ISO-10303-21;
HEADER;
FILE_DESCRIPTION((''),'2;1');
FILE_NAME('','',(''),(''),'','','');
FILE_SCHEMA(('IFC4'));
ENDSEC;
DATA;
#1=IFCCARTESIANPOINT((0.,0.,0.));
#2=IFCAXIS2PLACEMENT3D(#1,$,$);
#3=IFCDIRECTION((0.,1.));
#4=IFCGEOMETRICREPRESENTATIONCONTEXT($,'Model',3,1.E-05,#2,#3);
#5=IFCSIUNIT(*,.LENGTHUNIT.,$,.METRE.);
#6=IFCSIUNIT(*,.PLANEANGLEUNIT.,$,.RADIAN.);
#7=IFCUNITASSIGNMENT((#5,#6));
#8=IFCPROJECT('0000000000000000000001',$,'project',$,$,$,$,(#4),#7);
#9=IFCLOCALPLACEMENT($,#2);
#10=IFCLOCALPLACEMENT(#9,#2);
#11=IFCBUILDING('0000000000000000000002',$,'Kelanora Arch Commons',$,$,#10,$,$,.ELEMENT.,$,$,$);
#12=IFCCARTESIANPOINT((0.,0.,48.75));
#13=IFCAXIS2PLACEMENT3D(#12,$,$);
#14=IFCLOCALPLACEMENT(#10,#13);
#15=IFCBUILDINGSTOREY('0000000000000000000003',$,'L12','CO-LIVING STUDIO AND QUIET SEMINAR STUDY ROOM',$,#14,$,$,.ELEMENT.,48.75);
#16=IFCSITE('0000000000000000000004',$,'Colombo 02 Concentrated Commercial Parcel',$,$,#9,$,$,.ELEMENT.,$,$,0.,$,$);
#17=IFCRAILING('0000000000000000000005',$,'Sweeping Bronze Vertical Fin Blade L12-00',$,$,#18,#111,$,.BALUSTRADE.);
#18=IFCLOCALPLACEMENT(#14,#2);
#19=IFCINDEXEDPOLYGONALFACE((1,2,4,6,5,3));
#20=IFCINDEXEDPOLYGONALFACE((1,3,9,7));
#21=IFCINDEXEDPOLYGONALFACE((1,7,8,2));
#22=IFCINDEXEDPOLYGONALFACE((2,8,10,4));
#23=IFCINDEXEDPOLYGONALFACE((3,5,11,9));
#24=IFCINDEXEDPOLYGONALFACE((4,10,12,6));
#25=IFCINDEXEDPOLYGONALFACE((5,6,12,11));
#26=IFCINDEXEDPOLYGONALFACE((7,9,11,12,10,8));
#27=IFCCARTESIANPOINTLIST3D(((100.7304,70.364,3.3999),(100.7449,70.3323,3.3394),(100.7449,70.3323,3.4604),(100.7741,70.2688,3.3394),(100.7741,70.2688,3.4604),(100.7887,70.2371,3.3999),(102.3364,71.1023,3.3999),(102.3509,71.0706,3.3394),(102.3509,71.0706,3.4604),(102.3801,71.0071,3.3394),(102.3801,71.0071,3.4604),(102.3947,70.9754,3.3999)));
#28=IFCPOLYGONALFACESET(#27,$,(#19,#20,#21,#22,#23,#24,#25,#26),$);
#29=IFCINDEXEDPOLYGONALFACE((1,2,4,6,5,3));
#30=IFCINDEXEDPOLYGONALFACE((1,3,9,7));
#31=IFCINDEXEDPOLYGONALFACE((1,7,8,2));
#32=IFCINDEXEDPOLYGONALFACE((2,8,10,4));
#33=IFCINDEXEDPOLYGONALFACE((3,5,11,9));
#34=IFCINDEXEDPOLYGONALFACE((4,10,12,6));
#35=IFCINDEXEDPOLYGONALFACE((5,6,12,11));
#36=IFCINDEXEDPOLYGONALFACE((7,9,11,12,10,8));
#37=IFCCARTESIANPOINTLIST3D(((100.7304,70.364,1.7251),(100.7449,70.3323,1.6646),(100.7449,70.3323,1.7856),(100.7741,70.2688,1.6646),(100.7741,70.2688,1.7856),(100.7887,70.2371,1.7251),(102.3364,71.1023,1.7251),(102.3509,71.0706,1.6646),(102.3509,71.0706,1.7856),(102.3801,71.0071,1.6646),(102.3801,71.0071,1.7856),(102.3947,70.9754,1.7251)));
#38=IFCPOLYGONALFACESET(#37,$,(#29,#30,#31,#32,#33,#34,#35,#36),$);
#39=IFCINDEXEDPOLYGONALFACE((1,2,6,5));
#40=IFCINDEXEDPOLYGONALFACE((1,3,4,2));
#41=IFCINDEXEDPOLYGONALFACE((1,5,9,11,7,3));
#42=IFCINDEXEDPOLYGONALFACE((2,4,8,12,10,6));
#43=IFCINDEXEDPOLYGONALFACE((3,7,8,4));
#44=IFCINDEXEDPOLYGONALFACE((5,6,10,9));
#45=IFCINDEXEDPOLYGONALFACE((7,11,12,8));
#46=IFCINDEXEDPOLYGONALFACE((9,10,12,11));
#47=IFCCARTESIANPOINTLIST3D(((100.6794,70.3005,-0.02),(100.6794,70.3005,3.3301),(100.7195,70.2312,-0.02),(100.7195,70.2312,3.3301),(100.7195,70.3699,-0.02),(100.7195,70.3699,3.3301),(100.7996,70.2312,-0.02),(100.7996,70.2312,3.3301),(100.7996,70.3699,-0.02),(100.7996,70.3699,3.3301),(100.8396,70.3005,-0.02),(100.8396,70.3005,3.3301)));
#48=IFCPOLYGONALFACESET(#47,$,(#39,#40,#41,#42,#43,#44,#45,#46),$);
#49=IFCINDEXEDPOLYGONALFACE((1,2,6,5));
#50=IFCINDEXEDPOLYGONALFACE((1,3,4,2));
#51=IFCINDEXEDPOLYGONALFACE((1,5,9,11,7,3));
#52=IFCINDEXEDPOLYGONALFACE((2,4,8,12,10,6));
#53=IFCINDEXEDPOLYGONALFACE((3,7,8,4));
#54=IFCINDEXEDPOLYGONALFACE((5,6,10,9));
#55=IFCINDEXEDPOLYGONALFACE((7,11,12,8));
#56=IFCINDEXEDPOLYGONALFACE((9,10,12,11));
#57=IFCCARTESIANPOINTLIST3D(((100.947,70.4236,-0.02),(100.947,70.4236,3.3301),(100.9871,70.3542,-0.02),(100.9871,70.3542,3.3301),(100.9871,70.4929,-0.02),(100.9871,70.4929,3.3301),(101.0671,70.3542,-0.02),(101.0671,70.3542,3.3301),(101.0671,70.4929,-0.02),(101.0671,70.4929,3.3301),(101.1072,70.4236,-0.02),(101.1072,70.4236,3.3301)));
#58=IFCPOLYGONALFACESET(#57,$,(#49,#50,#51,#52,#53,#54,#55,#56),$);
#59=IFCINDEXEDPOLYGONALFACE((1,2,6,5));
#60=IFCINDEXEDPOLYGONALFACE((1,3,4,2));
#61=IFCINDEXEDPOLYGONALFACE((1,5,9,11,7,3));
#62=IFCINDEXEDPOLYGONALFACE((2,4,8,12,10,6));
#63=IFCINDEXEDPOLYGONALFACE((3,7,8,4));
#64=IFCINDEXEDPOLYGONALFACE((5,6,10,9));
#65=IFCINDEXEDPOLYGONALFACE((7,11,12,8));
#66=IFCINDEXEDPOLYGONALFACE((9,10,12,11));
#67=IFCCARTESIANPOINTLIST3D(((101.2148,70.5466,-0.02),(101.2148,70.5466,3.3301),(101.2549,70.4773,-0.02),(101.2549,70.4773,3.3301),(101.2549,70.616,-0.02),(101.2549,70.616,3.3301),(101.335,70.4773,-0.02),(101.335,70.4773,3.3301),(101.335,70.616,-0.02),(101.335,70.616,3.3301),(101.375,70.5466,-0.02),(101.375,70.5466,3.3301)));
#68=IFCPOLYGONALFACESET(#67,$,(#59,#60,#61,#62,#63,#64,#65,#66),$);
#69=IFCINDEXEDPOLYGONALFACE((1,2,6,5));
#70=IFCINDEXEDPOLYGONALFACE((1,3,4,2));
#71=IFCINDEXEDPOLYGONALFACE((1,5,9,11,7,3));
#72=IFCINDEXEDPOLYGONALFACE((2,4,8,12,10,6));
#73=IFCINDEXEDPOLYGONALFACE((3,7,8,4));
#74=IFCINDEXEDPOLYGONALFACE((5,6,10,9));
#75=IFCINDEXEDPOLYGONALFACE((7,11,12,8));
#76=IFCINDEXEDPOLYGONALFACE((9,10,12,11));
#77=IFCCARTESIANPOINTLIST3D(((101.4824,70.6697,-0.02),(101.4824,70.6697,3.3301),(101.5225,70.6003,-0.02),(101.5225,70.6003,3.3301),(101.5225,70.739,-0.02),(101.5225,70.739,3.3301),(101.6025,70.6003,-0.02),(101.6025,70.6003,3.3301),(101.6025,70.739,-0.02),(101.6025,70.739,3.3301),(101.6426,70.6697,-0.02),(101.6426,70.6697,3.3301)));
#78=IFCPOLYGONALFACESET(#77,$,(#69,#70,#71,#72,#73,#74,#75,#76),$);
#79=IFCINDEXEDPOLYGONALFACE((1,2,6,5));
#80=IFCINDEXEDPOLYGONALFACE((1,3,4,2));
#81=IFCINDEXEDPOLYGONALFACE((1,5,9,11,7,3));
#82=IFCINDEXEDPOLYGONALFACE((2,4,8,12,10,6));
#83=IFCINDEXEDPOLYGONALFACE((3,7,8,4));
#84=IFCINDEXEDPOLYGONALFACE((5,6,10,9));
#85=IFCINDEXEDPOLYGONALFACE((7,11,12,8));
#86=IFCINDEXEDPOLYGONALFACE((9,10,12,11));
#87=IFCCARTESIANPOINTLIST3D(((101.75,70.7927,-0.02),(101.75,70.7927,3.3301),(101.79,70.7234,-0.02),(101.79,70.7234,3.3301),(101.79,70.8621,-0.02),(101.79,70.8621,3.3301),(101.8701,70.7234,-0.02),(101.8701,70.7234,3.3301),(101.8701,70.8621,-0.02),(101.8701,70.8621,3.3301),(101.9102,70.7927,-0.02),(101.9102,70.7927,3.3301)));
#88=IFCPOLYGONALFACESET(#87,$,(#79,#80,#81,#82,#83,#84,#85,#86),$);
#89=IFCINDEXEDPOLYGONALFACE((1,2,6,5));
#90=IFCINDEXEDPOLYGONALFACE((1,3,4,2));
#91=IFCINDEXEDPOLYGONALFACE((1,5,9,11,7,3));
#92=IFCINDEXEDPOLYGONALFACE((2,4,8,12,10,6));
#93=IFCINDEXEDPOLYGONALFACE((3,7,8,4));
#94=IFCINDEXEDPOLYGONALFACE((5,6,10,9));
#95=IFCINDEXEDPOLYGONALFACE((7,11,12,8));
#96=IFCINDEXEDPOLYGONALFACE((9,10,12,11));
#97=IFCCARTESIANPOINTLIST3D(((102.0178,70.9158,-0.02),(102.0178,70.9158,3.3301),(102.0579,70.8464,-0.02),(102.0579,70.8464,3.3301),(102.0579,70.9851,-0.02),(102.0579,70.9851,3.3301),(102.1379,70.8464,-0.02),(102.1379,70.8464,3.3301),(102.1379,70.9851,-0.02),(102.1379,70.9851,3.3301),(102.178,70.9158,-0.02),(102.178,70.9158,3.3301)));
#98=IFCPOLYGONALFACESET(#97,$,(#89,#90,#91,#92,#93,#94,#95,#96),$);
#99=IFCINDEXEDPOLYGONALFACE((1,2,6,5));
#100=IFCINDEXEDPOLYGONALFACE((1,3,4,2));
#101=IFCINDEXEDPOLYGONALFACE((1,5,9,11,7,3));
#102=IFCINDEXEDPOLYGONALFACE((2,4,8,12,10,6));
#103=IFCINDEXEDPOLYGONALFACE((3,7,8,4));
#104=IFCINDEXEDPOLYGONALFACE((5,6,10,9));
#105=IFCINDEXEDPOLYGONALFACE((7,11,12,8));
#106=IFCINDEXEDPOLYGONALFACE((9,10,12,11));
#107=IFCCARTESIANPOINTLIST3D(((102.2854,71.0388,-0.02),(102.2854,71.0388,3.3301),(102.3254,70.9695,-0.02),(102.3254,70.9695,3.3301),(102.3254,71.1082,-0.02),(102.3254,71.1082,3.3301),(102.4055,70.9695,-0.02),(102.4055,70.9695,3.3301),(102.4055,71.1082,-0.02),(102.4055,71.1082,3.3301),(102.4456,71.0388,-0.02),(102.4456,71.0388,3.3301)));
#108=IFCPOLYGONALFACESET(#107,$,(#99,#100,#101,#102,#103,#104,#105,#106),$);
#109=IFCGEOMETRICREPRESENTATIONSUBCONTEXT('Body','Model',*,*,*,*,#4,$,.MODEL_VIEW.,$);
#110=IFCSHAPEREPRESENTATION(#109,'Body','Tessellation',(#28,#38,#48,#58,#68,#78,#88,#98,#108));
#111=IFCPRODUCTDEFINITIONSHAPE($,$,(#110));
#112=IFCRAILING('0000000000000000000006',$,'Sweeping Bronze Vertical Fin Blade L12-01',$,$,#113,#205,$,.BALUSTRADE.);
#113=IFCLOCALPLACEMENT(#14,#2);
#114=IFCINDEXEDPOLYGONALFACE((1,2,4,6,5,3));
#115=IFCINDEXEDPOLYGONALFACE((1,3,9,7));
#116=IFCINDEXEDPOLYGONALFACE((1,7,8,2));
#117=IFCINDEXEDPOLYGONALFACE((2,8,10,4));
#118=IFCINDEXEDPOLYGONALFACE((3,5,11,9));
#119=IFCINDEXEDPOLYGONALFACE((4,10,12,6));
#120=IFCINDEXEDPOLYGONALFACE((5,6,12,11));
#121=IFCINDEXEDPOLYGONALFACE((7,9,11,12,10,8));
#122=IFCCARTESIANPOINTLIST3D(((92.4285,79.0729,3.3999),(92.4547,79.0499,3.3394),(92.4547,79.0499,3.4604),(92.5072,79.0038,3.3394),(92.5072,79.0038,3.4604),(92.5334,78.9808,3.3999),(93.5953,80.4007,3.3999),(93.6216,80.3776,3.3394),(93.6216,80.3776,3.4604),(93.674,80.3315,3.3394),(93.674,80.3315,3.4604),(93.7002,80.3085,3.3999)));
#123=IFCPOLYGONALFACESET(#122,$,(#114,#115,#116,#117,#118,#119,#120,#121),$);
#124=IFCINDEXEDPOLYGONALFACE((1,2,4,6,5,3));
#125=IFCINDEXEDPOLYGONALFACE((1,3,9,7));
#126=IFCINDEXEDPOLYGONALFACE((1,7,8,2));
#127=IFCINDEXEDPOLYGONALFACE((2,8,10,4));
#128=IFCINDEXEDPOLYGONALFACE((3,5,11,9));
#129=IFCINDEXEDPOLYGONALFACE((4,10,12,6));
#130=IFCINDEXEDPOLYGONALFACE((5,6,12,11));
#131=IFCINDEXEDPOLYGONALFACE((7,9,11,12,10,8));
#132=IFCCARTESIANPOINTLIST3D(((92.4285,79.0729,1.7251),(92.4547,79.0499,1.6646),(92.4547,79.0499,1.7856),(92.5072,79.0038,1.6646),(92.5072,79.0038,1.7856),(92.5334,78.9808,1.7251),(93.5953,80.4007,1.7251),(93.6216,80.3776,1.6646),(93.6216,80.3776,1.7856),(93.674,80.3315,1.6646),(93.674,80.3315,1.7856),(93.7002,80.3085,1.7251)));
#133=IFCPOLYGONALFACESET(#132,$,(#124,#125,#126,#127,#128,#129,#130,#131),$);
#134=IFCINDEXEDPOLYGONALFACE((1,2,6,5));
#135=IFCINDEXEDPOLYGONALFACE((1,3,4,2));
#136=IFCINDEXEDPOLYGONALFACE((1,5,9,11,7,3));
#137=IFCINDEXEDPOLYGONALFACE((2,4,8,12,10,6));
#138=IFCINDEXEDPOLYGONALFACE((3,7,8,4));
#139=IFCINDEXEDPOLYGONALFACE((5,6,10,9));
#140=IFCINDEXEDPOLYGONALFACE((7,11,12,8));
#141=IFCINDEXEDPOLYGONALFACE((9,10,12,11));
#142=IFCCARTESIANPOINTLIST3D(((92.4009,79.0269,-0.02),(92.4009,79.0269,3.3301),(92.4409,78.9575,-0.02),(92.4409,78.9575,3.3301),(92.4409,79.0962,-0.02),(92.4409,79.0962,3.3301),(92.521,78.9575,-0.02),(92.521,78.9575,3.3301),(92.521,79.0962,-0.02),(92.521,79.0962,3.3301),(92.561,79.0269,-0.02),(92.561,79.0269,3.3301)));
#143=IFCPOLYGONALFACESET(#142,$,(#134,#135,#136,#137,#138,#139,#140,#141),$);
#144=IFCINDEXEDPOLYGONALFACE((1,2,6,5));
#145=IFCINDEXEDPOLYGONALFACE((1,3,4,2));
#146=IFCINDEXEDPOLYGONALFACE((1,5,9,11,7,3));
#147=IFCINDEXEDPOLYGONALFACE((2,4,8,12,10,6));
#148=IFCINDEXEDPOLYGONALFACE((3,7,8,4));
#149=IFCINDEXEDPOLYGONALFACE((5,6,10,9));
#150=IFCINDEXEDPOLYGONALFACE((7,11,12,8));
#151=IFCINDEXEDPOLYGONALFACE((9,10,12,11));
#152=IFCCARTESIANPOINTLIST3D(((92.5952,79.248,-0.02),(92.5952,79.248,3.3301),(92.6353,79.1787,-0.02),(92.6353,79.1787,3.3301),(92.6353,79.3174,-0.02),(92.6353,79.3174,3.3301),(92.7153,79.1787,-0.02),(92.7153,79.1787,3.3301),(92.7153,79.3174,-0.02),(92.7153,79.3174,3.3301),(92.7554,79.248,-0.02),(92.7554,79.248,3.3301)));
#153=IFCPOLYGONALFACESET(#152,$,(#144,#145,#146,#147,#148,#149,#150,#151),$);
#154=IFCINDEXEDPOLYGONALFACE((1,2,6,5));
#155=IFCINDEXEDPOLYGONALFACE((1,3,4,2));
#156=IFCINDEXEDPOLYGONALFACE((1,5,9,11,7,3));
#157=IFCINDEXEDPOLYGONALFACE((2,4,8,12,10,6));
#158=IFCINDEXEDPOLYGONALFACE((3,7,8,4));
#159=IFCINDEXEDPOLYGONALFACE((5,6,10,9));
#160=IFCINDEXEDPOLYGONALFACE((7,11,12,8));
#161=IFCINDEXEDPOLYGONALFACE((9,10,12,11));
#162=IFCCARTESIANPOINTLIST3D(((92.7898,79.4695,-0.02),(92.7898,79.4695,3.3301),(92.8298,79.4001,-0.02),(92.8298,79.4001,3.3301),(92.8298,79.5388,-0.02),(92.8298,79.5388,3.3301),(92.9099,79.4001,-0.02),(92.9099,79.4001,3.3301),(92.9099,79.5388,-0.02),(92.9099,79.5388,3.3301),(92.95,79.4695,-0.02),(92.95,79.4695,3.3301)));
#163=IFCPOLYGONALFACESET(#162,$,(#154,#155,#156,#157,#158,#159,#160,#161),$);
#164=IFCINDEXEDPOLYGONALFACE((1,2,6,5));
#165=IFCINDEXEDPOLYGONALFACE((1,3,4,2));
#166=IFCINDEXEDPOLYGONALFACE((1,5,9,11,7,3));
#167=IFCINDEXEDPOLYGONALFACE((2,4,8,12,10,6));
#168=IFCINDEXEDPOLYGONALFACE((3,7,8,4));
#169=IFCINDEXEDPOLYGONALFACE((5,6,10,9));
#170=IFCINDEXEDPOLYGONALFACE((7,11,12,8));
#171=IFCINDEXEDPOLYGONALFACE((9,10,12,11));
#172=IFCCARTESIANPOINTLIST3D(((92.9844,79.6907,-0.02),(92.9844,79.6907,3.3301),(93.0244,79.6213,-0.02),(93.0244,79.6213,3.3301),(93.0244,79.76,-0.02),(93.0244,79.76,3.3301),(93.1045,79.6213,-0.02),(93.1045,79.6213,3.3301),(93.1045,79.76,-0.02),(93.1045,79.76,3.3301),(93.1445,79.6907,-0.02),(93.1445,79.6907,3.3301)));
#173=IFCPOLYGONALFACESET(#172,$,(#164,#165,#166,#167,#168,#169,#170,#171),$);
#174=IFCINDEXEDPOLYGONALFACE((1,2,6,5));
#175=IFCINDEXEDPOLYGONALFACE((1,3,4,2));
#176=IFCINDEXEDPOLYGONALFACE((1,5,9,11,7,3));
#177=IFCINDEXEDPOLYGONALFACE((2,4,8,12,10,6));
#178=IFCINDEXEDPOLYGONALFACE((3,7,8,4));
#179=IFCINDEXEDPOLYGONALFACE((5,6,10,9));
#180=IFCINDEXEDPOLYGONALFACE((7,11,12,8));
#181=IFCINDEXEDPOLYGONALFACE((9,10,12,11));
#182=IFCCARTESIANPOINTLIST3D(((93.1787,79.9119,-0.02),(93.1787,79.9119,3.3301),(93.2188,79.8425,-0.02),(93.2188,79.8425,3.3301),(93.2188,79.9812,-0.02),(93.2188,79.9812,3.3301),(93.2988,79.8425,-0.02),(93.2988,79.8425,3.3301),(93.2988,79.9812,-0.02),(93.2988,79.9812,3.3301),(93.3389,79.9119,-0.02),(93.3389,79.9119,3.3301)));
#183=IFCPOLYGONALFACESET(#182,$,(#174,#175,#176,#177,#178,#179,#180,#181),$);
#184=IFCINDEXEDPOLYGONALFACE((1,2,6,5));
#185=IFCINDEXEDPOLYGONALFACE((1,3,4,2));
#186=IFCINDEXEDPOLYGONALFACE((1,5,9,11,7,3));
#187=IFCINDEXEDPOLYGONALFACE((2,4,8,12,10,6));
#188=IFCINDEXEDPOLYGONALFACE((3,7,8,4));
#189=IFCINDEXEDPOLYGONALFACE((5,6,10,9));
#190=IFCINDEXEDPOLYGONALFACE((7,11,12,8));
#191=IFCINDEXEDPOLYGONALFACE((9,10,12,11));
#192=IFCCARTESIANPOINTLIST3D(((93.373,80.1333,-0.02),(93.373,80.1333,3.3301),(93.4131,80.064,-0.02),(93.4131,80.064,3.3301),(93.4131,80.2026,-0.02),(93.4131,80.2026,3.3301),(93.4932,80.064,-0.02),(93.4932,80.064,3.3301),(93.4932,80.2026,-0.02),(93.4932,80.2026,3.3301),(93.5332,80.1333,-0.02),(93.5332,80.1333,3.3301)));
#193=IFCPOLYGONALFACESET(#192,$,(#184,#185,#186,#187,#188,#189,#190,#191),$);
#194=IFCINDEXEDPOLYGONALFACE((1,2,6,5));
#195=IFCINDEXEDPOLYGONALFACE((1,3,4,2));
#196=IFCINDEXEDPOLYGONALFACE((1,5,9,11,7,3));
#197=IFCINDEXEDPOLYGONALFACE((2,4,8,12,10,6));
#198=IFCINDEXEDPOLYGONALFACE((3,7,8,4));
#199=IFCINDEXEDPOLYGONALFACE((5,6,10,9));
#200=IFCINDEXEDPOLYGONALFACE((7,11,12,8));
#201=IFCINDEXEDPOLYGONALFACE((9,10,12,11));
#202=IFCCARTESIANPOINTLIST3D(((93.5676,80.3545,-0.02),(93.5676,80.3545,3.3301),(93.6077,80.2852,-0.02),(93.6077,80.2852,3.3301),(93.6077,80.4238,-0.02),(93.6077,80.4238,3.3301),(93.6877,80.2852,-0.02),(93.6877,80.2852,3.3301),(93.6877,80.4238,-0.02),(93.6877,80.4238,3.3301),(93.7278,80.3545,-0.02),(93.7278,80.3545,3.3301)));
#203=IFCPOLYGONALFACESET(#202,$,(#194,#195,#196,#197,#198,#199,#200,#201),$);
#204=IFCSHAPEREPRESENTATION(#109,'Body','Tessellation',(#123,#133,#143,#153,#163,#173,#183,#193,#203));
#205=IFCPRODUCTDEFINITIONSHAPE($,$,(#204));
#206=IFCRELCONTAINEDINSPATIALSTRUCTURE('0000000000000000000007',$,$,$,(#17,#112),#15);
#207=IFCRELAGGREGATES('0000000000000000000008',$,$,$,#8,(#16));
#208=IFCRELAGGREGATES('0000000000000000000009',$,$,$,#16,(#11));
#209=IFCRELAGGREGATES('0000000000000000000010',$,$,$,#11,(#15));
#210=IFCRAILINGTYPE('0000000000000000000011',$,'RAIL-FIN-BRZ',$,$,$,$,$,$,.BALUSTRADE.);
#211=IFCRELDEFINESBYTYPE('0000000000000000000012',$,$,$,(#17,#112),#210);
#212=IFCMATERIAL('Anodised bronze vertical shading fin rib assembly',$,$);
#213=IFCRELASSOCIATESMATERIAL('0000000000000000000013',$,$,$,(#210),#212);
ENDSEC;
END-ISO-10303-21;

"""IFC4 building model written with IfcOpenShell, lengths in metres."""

from ifc_helpers import new_model, si_unit, direction, frame, origin, place, context, subcontext, project, spatial, polyline, outline, extrude, material, type_object, element, save


model = new_model("IFC4")

# Units and contexts
model_context = context("Model", 3, precision=1e-05, world=origin(), true_north=direction((0.0, 1.0)))
body_context = subcontext(model_context, "Body", "Model", "MODEL_VIEW")
ifc_project = project(units=[si_unit("LENGTHUNIT", "METRE"), si_unit("PLANEANGLEUNIT", "RADIAN")], contexts=[model_context])

# Site, building, storey
site_placement = place(None, origin())
site = spatial("IfcSite", under=ifc_project, at=site_placement, Name="Colombo 02 Concentrated Commercial Parcel", CompositionType="ELEMENT", RefElevation=0.0)
building_placement = place(site_placement, origin())
building = spatial("IfcBuilding", under=site, at=building_placement, Name="Kelanora Arch Commons", CompositionType="ELEMENT")
storey_placement = place(building_placement, frame((0.0, 0.0, 48.75)))
storey = spatial("IfcBuildingStorey", under=building, at=storey_placement, Name="L12", Description="CO-LIVING STUDIO AND QUIET SEMINAR STUDY ROOM", CompositionType="ELEMENT", Elevation=48.75)

# Railings
ifc_material_1 = material(Name="Anodised bronze vertical shading fin rib assembly")
railing_type = type_object("IfcRailingType", Name="RAIL-FIN-BRZ", PredefinedType="BALUSTRADE", material=ifc_material_1)
railing_1_placement = place(storey_placement, frame((100.7595, 70.3005, -0.02)))
element("IfcRailing", 1, at=railing_1_placement, inside=storey, type_object=railing_type, Name="Sweeping Bronze Vertical Fin Blade L12-00", PredefinedType="BALUSTRADE", context=body_context, shape_type="SweptSolid", body=[
    extrude(outline(polyline([(0.0698, 0.0), (0.0349, 0.0605), (-0.0349, 0.0605), (-0.0698, 0.0), (-0.0349, -0.0605), (0.0349, -0.0605), (0.0698, 0.0)])), frame((0.0, 0.0, 3.4199), z_axis=(0.908589, 0.417691, 0.0), x_axis=(-0.417691, 0.908589, 0.0)), (0.0, 0.0, 1.0), 1.7676),
    extrude(outline(polyline([(0.0698, 0.0), (0.0349, 0.0605), (-0.0349, 0.0605), (-0.0698, 0.0), (-0.0349, -0.0605), (0.0349, -0.0605), (0.0698, 0.0)])), frame((0.0, 0.0, 1.7451), z_axis=(0.908589, 0.417691, 0.0), x_axis=(-0.417691, 0.908589, 0.0)), (0.0, 0.0, 1.0), 1.7676),
    extrude(outline(polyline([(0.0801, 0.0), (0.04, 0.0693), (-0.04, 0.0693), (-0.0801, 0.0), (-0.04, -0.0693), (0.04, -0.0693), (0.0801, 0.0)])), origin(), (0.0, 0.0, 1.0), 3.3501),
    extrude(outline(polyline([(0.0801, 0.0), (0.04, 0.0693), (-0.04, 0.0693), (-0.0801, 0.0), (-0.04, -0.0693), (0.04, -0.0693), (0.0801, 0.0)])), frame((0.2676, 0.123, 0.0)), (0.0, 0.0, 1.0), 3.3501),
    extrude(outline(polyline([(0.0801, 0.0), (0.04, 0.0693), (-0.04, 0.0693), (-0.0801, 0.0), (-0.04, -0.0693), (0.04, -0.0693), (0.0801, 0.0)])), frame((0.5354, 0.2461, 0.0)), (0.0, 0.0, 1.0), 3.3501),
    extrude(outline(polyline([(0.0801, 0.0), (0.04, 0.0693), (-0.04, 0.0693), (-0.0801, 0.0), (-0.04, -0.0693), (0.04, -0.0693), (0.0801, 0.0)])), frame((0.803, 0.3691, 0.0)), (0.0, 0.0, 1.0), 3.3501),
    extrude(outline(polyline([(0.0801, 0.0), (0.04, 0.0693), (-0.04, 0.0693), (-0.0801, 0.0), (-0.04, -0.0693), (0.04, -0.0693), (0.0801, 0.0)])), frame((1.0706, 0.4922, 0.0)), (0.0, 0.0, 1.0), 3.3501),
    extrude(outline(polyline([(0.0801, 0.0), (0.04, 0.0693), (-0.04, 0.0693), (-0.0801, 0.0), (-0.04, -0.0693), (0.04, -0.0693), (0.0801, 0.0)])), frame((1.3384, 0.6152, 0.0)), (0.0, 0.0, 1.0), 3.3501),
    extrude(outline(polyline([(0.0801, 0.0), (0.04, 0.0693), (-0.04, 0.0693), (-0.0801, 0.0), (-0.04, -0.0693), (0.04, -0.0693), (0.0801, 0.0)])), frame((1.606, 0.7383, 0.0)), (0.0, 0.0, 1.0), 3.3501),
])
railing_2_placement = place(storey_placement, frame((92.481, 79.0269, -0.02)))
element("IfcRailing", 2, at=railing_2_placement, inside=storey, type_object=railing_type, Name="Sweeping Bronze Vertical Fin Blade L12-01", PredefinedType="BALUSTRADE", context=body_context, shape_type="SweptSolid", body=[
    extrude(outline(polyline([(0.0698, 0.0), (0.0349, 0.0605), (-0.0349, 0.0605), (-0.0698, 0.0), (-0.0349, -0.0605), (0.0349, -0.0605), (0.0698, 0.0)])), frame((0.0, 0.0, 3.4199), z_axis=(0.660126, 0.751155, 0.0), x_axis=(-0.751155, 0.660126, 0.0)), (0.0, 0.0, 1.0), 1.7676),
    extrude(outline(polyline([(0.0698, 0.0), (0.0349, 0.0605), (-0.0349, 0.0605), (-0.0698, 0.0), (-0.0349, -0.0605), (0.0349, -0.0605), (0.0698, 0.0)])), frame((0.0, 0.0, 1.7451), z_axis=(0.660126, 0.751155, 0.0), x_axis=(-0.751155, 0.660126, 0.0)), (0.0, 0.0, 1.0), 1.7676),
    extrude(outline(polyline([(0.0801, 0.0), (0.04, 0.0693), (-0.04, 0.0693), (-0.0801, 0.0), (-0.04, -0.0693), (0.04, -0.0693), (0.0801, 0.0)])), origin(), (0.0, 0.0, 1.0), 3.3501),
    extrude(outline(polyline([(0.0801, 0.0), (0.04, 0.0693), (-0.04, 0.0693), (-0.0801, 0.0), (-0.04, -0.0693), (0.04, -0.0693), (0.0801, 0.0)])), frame((0.1943, 0.2212, 0.0)), (0.0, 0.0, 1.0), 3.3501),
    extrude(outline(polyline([(0.0801, 0.0), (0.04, 0.0693), (-0.04, 0.0693), (-0.0801, 0.0), (-0.04, -0.0693), (0.04, -0.0693), (0.0801, 0.0)])), frame((0.3889, 0.4426, 0.0)), (0.0, 0.0, 1.0), 3.3501),
    extrude(outline(polyline([(0.0801, 0.0), (0.04, 0.0693), (-0.04, 0.0693), (-0.0801, 0.0), (-0.04, -0.0693), (0.04, -0.0693), (0.0801, 0.0)])), frame((0.5835, 0.6638, 0.0)), (0.0, 0.0, 1.0), 3.3501),
    extrude(outline(polyline([(0.0801, 0.0), (0.04, 0.0693), (-0.04, 0.0693), (-0.0801, 0.0), (-0.04, -0.0693), (0.04, -0.0693), (0.0801, 0.0)])), frame((0.7778, 0.885, 0.0)), (0.0, 0.0, 1.0), 3.3501),
    extrude(outline(polyline([(0.0801, 0.0), (0.04, 0.0693), (-0.04, 0.0693), (-0.0801, 0.0), (-0.04, -0.0693), (0.04, -0.0693), (0.0801, 0.0)])), frame((0.9722, 1.1064, 0.0)), (0.0, 0.0, 1.0), 3.3501),
    extrude(outline(polyline([(0.0801, 0.0), (0.04, 0.0693), (-0.04, 0.0693), (-0.0801, 0.0), (-0.04, -0.0693), (0.04, -0.0693), (0.0801, 0.0)])), frame((1.1667, 1.3276, 0.0)), (0.0, 0.0, 1.0), 3.3501),
])

save(model, "model.ifc")
